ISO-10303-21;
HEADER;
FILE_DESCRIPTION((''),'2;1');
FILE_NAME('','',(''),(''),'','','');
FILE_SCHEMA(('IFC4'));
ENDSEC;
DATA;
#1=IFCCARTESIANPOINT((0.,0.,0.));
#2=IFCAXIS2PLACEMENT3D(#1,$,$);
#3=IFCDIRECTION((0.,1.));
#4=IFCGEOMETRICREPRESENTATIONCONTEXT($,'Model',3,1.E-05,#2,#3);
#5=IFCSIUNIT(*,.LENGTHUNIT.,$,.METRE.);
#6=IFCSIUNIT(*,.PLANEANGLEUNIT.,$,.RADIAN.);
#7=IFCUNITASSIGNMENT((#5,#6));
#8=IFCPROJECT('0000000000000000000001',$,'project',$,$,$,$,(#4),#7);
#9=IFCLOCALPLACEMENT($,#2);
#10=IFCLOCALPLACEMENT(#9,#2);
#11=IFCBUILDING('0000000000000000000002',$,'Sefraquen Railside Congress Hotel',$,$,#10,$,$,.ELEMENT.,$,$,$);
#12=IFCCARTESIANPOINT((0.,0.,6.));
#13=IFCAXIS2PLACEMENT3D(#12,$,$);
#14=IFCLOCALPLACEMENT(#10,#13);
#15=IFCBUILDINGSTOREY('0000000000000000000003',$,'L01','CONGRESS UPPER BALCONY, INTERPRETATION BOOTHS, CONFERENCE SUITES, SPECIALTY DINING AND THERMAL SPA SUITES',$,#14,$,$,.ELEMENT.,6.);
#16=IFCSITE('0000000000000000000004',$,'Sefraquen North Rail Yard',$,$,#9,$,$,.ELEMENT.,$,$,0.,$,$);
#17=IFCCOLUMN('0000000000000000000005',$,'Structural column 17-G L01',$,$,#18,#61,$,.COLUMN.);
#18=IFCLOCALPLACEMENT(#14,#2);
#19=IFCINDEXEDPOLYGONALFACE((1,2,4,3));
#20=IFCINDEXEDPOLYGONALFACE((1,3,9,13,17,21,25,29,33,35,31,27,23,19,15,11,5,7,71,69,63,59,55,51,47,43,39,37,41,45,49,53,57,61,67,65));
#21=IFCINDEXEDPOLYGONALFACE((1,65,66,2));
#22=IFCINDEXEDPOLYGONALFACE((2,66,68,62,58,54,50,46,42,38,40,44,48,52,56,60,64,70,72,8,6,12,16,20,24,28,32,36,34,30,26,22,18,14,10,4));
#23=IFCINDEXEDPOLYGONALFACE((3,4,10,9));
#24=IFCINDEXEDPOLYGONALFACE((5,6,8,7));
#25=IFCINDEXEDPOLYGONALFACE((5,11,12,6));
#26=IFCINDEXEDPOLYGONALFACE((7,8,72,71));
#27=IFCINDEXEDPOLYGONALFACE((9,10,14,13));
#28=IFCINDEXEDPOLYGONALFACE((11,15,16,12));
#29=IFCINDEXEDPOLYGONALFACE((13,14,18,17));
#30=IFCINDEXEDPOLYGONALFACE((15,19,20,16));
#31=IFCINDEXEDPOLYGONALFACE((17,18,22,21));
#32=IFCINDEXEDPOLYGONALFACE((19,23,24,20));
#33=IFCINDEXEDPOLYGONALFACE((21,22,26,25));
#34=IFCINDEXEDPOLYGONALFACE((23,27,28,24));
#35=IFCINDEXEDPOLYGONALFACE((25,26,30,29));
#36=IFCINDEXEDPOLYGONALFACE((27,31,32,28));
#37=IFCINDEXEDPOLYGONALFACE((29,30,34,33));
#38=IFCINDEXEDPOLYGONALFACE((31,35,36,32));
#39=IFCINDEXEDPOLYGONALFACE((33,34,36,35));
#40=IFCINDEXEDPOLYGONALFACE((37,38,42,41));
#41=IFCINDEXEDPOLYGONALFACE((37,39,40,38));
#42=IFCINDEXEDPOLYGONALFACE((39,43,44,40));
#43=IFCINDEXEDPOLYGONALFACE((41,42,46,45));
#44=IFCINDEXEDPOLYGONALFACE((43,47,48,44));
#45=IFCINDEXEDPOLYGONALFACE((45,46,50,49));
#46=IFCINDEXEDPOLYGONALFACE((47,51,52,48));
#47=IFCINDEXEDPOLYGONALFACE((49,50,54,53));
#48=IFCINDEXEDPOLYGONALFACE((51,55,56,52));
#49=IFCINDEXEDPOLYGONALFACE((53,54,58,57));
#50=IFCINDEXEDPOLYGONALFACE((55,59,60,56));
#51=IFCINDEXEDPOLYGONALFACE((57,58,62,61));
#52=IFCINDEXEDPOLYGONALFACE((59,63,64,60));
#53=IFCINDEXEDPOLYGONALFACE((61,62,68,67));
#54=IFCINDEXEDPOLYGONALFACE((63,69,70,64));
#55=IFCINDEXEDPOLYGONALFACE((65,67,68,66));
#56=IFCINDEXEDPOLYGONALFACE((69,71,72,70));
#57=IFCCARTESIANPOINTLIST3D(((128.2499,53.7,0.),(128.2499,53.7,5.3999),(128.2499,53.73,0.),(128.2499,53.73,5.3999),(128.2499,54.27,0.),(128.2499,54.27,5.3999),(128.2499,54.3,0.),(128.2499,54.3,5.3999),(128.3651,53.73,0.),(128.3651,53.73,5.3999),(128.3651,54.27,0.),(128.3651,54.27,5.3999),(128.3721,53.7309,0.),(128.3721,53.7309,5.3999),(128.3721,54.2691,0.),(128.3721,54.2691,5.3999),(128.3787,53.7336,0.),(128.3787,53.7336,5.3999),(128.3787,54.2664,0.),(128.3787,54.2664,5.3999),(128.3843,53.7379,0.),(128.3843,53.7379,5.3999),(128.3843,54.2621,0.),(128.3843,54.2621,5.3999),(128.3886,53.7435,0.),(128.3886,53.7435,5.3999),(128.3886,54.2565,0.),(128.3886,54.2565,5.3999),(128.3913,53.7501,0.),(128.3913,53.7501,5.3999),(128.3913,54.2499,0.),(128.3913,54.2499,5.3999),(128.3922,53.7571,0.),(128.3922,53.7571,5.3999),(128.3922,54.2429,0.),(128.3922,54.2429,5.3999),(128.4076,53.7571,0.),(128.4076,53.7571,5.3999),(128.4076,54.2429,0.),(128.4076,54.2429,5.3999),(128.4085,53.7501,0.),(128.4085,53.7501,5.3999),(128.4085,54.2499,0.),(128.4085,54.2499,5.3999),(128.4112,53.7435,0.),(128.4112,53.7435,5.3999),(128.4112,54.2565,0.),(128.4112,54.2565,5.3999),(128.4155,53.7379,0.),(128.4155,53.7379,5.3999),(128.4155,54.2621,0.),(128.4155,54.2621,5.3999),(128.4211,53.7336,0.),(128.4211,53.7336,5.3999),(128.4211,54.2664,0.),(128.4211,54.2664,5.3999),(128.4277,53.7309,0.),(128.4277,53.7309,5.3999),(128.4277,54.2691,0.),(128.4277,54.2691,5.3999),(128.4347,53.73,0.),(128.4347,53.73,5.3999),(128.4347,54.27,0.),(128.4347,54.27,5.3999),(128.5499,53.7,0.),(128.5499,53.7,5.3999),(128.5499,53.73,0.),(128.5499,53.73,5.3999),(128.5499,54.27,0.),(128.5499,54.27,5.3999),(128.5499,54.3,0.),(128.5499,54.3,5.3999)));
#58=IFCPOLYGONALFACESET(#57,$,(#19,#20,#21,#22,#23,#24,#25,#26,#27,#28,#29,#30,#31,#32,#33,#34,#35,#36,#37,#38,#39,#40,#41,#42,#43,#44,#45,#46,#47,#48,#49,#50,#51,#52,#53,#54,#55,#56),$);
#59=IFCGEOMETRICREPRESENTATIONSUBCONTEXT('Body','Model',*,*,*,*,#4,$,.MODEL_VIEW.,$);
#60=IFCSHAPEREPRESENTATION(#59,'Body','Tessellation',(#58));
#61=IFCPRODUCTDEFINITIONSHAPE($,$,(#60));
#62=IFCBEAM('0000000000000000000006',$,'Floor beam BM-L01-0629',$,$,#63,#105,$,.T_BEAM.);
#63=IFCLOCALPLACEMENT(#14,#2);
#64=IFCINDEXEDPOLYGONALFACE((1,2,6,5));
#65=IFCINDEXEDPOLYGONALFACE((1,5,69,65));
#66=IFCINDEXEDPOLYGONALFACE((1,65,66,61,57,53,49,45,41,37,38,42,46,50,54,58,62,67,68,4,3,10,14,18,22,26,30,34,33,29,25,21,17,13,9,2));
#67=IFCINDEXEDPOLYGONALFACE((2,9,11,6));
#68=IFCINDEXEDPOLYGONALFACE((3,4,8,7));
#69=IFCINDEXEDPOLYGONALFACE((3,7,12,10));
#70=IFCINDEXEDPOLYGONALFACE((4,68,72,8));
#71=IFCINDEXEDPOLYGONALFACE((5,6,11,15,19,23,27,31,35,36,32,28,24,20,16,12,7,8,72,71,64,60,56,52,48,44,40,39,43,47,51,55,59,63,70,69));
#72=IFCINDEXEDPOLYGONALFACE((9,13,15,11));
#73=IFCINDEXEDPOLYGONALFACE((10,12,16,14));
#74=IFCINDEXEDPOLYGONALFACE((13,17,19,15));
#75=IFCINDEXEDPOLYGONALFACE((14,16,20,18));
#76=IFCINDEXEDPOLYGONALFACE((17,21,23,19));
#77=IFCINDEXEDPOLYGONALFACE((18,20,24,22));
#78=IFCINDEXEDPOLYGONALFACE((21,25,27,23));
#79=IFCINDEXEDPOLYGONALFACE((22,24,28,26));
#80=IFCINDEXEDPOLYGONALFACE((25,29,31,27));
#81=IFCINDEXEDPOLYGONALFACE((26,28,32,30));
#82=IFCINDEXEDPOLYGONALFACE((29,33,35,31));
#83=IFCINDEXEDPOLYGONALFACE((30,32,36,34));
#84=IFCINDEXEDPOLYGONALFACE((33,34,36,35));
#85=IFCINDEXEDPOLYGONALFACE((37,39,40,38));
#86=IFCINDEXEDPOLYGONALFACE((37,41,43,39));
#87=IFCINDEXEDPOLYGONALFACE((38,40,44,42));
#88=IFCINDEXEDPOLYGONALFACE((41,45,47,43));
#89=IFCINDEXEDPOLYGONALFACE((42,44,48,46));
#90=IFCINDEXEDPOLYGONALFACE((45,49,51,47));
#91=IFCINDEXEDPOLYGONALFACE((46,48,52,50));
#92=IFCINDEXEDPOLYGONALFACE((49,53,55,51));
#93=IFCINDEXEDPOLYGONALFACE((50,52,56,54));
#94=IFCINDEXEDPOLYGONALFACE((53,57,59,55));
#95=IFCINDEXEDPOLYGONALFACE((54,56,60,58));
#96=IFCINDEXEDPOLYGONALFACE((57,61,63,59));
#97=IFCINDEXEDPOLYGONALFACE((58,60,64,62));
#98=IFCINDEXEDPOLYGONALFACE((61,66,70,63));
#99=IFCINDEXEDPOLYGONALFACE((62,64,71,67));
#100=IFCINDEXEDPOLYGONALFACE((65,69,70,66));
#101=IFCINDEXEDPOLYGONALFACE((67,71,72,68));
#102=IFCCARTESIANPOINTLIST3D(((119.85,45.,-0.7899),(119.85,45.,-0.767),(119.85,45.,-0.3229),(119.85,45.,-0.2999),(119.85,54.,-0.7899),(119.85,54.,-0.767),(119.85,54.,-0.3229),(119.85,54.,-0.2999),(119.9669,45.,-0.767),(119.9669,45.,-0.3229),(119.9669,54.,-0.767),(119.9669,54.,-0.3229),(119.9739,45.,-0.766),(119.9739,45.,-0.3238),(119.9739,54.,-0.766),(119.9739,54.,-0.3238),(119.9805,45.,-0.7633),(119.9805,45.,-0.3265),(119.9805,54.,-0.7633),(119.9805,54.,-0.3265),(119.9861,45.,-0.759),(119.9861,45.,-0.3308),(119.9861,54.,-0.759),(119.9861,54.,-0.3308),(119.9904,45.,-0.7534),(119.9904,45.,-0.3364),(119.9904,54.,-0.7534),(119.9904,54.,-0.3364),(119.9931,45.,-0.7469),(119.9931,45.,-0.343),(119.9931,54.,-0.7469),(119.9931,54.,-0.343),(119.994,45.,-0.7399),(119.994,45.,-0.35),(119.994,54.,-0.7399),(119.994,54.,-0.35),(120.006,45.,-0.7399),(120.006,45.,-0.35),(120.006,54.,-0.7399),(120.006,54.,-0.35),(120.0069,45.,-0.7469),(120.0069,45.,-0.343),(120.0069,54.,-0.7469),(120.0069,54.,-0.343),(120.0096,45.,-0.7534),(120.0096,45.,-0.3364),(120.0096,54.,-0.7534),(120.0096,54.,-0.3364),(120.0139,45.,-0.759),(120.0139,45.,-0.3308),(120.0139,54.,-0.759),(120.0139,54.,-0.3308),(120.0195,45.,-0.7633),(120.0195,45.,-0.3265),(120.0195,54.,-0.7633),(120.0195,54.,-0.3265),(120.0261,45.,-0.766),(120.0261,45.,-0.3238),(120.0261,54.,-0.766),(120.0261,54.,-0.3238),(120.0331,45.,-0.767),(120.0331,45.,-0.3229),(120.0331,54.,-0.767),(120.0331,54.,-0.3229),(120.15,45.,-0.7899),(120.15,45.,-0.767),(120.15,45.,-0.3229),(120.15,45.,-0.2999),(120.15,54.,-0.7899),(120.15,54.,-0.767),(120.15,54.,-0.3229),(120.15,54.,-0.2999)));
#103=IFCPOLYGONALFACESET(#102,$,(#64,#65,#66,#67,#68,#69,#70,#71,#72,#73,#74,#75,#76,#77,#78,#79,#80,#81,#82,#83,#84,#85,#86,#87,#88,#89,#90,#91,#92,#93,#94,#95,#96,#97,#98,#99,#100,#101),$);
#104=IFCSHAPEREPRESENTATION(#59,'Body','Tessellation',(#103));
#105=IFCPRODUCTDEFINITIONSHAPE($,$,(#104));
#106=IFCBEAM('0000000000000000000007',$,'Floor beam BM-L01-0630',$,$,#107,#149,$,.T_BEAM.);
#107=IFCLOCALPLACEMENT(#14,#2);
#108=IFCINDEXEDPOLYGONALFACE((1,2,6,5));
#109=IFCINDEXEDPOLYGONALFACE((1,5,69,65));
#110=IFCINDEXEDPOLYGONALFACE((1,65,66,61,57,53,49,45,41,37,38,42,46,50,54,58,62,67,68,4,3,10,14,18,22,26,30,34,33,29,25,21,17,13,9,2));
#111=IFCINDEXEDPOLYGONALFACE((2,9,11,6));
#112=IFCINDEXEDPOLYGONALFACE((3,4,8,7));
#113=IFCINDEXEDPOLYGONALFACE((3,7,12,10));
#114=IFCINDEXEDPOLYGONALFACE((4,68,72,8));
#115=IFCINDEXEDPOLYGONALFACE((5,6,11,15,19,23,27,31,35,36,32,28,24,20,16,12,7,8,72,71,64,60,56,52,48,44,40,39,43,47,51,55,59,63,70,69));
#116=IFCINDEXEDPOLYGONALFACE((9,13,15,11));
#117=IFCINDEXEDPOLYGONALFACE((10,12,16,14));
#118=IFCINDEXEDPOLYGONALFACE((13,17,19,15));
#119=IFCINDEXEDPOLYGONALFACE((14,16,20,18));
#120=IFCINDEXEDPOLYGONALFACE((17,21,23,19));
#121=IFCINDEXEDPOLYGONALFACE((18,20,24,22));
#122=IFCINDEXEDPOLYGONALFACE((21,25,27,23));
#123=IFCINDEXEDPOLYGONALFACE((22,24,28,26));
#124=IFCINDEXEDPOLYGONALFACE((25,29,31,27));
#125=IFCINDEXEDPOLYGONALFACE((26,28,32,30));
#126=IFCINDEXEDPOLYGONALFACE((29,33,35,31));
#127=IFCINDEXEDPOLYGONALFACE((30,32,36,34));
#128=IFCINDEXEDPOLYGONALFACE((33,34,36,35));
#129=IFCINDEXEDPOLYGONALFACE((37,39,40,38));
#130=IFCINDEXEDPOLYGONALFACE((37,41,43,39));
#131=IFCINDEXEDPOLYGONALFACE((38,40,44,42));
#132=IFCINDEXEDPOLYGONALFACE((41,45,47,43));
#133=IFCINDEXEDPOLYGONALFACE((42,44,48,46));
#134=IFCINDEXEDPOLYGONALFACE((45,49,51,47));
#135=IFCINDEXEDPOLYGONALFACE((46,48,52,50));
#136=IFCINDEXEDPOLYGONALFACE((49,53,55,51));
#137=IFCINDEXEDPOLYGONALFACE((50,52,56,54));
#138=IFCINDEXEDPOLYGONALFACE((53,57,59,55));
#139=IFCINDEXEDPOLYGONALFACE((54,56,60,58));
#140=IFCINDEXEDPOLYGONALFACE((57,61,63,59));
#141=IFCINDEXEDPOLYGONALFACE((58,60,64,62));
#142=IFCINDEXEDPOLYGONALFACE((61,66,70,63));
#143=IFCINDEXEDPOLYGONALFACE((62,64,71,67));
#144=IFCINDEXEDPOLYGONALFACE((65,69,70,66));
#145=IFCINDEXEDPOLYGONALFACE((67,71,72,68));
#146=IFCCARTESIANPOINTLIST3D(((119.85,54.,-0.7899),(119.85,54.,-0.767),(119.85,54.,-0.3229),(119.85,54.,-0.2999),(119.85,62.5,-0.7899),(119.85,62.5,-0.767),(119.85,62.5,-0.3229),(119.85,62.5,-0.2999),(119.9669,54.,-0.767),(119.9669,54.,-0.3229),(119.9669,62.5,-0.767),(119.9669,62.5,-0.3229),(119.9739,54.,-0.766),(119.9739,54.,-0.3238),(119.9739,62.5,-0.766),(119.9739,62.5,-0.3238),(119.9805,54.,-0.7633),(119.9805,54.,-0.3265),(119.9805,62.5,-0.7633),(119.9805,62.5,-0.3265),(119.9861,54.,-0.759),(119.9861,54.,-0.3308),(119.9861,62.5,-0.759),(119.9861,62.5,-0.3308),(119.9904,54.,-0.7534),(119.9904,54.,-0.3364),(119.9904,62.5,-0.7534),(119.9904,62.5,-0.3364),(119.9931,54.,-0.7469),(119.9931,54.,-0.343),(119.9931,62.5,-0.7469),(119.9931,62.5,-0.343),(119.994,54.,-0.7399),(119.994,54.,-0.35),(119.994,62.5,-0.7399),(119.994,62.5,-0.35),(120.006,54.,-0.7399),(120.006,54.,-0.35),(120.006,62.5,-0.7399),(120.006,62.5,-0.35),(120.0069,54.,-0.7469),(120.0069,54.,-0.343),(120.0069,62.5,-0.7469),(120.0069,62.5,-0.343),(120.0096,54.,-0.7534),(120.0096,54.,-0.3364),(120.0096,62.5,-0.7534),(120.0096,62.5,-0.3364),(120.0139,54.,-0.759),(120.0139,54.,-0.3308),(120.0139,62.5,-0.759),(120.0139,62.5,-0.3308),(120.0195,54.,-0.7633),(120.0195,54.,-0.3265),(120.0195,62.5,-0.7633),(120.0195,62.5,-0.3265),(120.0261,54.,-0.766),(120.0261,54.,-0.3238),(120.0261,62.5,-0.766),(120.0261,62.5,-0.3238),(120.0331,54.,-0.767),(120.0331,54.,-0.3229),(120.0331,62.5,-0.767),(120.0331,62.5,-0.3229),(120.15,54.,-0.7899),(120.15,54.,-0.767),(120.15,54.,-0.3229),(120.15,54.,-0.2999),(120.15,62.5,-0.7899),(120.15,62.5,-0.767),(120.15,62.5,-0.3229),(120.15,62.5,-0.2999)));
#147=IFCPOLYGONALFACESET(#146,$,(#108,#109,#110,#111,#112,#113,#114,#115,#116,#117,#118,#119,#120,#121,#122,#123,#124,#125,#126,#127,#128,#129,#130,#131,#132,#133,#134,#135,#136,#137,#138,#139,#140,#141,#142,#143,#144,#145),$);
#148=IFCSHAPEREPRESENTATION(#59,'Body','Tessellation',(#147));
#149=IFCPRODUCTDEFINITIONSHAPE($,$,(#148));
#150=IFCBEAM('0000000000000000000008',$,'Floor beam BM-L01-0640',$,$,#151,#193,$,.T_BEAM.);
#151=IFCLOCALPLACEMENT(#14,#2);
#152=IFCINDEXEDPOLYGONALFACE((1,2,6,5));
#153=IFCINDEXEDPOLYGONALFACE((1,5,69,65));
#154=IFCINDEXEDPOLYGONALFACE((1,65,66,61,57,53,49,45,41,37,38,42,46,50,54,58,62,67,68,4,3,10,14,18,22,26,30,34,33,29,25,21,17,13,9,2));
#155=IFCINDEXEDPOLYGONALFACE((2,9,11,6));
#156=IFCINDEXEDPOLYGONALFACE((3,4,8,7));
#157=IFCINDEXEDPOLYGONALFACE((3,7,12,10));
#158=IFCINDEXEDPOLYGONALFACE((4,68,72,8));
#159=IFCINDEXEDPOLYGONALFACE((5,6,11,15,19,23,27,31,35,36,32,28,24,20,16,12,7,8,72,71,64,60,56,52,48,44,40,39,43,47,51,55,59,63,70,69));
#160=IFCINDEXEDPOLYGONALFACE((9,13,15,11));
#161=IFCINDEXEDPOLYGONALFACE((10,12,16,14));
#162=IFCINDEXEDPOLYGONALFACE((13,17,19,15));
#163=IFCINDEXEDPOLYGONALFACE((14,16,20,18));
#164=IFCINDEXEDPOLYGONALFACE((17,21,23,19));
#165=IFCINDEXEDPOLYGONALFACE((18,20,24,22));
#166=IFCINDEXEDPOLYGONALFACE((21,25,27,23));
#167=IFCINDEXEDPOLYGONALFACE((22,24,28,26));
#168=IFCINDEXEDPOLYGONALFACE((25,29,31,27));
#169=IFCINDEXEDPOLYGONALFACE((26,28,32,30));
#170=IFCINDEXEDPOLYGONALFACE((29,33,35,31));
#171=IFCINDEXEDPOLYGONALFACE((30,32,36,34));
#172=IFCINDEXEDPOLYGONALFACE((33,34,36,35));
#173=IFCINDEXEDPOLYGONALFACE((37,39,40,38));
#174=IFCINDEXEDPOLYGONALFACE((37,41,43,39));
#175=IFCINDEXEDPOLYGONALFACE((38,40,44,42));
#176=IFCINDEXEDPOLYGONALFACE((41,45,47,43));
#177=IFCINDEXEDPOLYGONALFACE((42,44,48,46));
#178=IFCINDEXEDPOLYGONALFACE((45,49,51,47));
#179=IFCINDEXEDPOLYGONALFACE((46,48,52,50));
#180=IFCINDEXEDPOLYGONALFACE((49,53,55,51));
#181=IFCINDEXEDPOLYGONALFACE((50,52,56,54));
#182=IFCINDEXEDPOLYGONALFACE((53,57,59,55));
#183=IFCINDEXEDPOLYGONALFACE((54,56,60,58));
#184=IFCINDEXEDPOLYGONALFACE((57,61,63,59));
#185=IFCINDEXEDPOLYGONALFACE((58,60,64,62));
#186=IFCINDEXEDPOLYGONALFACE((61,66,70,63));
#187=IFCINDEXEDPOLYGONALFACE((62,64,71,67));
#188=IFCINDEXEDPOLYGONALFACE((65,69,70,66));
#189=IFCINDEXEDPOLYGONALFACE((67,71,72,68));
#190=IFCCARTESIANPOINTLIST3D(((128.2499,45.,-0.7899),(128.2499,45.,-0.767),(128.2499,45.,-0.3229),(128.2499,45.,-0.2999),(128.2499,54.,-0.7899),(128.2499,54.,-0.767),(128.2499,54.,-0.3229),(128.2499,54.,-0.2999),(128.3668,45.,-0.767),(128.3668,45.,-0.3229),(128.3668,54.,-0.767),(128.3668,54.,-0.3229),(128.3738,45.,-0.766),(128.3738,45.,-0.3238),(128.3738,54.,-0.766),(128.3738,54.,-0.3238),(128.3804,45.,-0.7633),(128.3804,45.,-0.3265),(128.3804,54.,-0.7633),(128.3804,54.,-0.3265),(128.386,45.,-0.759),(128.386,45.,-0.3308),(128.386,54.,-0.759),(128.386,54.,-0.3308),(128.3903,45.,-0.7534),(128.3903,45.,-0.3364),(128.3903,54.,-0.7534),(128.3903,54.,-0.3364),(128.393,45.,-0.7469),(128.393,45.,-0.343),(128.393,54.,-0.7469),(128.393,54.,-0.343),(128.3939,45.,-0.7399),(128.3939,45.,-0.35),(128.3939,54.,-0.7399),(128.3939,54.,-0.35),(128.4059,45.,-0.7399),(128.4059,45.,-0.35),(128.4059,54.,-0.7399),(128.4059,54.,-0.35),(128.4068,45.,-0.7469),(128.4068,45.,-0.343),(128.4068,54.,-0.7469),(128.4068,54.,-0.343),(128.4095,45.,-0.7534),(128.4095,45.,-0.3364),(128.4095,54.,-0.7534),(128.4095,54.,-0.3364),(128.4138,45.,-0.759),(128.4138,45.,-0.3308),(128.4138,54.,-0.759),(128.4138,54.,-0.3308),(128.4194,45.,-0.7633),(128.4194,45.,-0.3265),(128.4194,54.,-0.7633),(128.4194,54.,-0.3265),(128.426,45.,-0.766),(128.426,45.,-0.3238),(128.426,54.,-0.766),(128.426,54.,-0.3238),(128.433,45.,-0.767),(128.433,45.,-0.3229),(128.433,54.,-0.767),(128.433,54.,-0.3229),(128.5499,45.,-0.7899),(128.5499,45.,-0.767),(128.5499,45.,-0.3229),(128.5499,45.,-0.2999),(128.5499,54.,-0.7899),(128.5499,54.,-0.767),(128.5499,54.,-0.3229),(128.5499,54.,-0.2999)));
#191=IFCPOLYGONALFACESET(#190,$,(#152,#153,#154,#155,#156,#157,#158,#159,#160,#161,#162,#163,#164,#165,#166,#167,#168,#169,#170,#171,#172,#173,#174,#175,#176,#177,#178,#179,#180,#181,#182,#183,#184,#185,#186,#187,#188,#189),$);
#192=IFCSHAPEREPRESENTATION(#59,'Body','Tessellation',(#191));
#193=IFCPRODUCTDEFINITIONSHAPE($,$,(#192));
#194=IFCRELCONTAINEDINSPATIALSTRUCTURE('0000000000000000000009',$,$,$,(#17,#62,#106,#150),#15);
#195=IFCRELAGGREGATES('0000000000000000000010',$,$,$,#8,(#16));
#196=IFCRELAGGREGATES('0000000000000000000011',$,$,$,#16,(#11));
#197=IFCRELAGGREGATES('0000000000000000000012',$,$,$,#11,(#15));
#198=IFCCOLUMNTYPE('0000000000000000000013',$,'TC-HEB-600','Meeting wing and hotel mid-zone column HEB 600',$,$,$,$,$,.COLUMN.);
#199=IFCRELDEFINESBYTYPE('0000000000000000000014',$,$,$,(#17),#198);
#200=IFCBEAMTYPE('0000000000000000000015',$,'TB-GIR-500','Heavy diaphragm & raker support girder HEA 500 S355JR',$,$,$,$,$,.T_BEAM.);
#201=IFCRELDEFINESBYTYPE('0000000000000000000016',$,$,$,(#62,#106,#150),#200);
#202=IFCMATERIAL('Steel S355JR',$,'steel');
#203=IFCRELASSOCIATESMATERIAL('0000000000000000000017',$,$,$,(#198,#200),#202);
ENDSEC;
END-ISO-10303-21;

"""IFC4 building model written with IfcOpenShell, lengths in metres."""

from ifc_helpers import new_model, si_unit, direction, frame, origin, origin_2d, place, context, subcontext, project, spatial, i_section, extrude, material, material_profile, profile_set, type_object, element, save


model = new_model("IFC4")

# Units and contexts
model_context = context("Model", 3, precision=1e-05, world=origin(), true_north=direction((0.0, 1.0)))
body_context = subcontext(model_context, "Body", "Model", "MODEL_VIEW")
ifc_project = project(units=[si_unit("LENGTHUNIT", "METRE"), si_unit("PLANEANGLEUNIT", "RADIAN")], contexts=[model_context])

# Site, building, storey
site_placement = place(None, origin())
site = spatial("IfcSite", under=ifc_project, at=site_placement, Name="Sefraquen North Rail Yard", CompositionType="ELEMENT", RefElevation=0.0)
building_placement = place(site_placement, origin())
building = spatial("IfcBuilding", under=site, at=building_placement, Name="Sefraquen Railside Congress Hotel", CompositionType="ELEMENT")
storey_placement = place(building_placement, frame((0.0, 0.0, 6.0)))
storey = spatial("IfcBuildingStorey", under=building, at=storey_placement, Name="L01", Description="CONGRESS UPPER BALCONY, INTERPRETATION BOOTHS, CONFERENCE SUITES, SPECIALTY DINING AND THERMAL SPA SUITES", CompositionType="ELEMENT", Elevation=6.0)

# Column
ifc_material_1 = material(Name="Steel S355JR", Category="steel")
ifc_material_profile_1 = material_profile(ifc_material_1, i_section(OverallWidth=0.3, OverallDepth=0.6001, WebThickness=0.0154, FlangeThickness=0.03, FilletRadius=0.0271, at=origin_2d()), Name="HEB 600")
ifc_profile_set_1 = profile_set([ifc_material_profile_1], Name="Steel S355JR")
column_type_1 = type_object("IfcColumnType", Name="TC-HEB-600", Description="Meeting wing and hotel mid-zone column HEB 600", PredefinedType="COLUMN", material=ifc_profile_set_1)
for number, where, z_axis, x_axis, name in (
    (1, (128.3999, 54.0, 0.0), (0.0, 0.0, 1.0), (1.0, 0.0, 0.0), "Structural column 17-G L01"),
):
    element("IfcColumn", number, at=place(storey_placement, frame(where, z_axis=z_axis, x_axis=x_axis)), inside=storey, type_object=column_type_1, Name=name, PredefinedType="COLUMN", context=body_context, shape_type="SweptSolid", body=[
        extrude(i_section(OverallWidth=0.3, OverallDepth=0.6001, WebThickness=0.0154, FlangeThickness=0.03, FilletRadius=0.0271, at=origin_2d()), origin(), (0.0, 0.0, 1.0), 5.3999),
    ])

# Beams
ifc_material_profile_2 = material_profile(ifc_material_1, i_section(OverallWidth=0.3, OverallDepth=0.49, WebThickness=0.012, FlangeThickness=0.0229, FilletRadius=0.0271, at=origin_2d()), Name="HEA 500")
ifc_profile_set_2 = profile_set([ifc_material_profile_2], Name="Steel S355JR")
beam_type_1 = type_object("IfcBeamType", Name="TB-GIR-500", Description="Heavy diaphragm & raker support girder HEA 500 S355JR", PredefinedType="T_BEAM", material=ifc_profile_set_2)
beam_1_placement = place(storey_placement, frame((120.0, 45.0, -0.5449), z_axis=(0.0, 1.0, 0.0), x_axis=(-1.0, 0.0, 0.0)))
element("IfcBeam", 2, at=beam_1_placement, inside=storey, type_object=beam_type_1, Name="Floor beam BM-L01-0629", PredefinedType="T_BEAM", context=body_context, shape_type="SweptSolid", body=[
    extrude(i_section(OverallWidth=0.3, OverallDepth=0.49, WebThickness=0.012, FlangeThickness=0.0229, FilletRadius=0.0271, at=origin_2d()), origin(), (0.0, 0.0, 1.0), 9.0),
])
beam_2_placement = place(storey_placement, frame((120.0, 54.0, -0.5449), z_axis=(0.0, 1.0, 0.0), x_axis=(-1.0, 0.0, 0.0)))
element("IfcBeam", 3, at=beam_2_placement, inside=storey, type_object=beam_type_1, Name="Floor beam BM-L01-0630", PredefinedType="T_BEAM", context=body_context, shape_type="SweptSolid", body=[
    extrude(i_section(OverallWidth=0.3, OverallDepth=0.49, WebThickness=0.012, FlangeThickness=0.0229, FilletRadius=0.0271, at=origin_2d()), origin(), (0.0, 0.0, 1.0), 8.5),
])
beam_3_placement = place(storey_placement, frame((128.3999, 45.0, -0.5449), z_axis=(0.0, 1.0, 0.0), x_axis=(-1.0, 0.0, 0.0)))
element("IfcBeam", 4, at=beam_3_placement, inside=storey, type_object=beam_type_1, Name="Floor beam BM-L01-0640", PredefinedType="T_BEAM", context=body_context, shape_type="SweptSolid", body=[
    extrude(i_section(OverallWidth=0.3, OverallDepth=0.49, WebThickness=0.012, FlangeThickness=0.0229, FilletRadius=0.0271, at=origin_2d()), origin(), (0.0, 0.0, 1.0), 9.0),
])

save(model, "model.ifc")
